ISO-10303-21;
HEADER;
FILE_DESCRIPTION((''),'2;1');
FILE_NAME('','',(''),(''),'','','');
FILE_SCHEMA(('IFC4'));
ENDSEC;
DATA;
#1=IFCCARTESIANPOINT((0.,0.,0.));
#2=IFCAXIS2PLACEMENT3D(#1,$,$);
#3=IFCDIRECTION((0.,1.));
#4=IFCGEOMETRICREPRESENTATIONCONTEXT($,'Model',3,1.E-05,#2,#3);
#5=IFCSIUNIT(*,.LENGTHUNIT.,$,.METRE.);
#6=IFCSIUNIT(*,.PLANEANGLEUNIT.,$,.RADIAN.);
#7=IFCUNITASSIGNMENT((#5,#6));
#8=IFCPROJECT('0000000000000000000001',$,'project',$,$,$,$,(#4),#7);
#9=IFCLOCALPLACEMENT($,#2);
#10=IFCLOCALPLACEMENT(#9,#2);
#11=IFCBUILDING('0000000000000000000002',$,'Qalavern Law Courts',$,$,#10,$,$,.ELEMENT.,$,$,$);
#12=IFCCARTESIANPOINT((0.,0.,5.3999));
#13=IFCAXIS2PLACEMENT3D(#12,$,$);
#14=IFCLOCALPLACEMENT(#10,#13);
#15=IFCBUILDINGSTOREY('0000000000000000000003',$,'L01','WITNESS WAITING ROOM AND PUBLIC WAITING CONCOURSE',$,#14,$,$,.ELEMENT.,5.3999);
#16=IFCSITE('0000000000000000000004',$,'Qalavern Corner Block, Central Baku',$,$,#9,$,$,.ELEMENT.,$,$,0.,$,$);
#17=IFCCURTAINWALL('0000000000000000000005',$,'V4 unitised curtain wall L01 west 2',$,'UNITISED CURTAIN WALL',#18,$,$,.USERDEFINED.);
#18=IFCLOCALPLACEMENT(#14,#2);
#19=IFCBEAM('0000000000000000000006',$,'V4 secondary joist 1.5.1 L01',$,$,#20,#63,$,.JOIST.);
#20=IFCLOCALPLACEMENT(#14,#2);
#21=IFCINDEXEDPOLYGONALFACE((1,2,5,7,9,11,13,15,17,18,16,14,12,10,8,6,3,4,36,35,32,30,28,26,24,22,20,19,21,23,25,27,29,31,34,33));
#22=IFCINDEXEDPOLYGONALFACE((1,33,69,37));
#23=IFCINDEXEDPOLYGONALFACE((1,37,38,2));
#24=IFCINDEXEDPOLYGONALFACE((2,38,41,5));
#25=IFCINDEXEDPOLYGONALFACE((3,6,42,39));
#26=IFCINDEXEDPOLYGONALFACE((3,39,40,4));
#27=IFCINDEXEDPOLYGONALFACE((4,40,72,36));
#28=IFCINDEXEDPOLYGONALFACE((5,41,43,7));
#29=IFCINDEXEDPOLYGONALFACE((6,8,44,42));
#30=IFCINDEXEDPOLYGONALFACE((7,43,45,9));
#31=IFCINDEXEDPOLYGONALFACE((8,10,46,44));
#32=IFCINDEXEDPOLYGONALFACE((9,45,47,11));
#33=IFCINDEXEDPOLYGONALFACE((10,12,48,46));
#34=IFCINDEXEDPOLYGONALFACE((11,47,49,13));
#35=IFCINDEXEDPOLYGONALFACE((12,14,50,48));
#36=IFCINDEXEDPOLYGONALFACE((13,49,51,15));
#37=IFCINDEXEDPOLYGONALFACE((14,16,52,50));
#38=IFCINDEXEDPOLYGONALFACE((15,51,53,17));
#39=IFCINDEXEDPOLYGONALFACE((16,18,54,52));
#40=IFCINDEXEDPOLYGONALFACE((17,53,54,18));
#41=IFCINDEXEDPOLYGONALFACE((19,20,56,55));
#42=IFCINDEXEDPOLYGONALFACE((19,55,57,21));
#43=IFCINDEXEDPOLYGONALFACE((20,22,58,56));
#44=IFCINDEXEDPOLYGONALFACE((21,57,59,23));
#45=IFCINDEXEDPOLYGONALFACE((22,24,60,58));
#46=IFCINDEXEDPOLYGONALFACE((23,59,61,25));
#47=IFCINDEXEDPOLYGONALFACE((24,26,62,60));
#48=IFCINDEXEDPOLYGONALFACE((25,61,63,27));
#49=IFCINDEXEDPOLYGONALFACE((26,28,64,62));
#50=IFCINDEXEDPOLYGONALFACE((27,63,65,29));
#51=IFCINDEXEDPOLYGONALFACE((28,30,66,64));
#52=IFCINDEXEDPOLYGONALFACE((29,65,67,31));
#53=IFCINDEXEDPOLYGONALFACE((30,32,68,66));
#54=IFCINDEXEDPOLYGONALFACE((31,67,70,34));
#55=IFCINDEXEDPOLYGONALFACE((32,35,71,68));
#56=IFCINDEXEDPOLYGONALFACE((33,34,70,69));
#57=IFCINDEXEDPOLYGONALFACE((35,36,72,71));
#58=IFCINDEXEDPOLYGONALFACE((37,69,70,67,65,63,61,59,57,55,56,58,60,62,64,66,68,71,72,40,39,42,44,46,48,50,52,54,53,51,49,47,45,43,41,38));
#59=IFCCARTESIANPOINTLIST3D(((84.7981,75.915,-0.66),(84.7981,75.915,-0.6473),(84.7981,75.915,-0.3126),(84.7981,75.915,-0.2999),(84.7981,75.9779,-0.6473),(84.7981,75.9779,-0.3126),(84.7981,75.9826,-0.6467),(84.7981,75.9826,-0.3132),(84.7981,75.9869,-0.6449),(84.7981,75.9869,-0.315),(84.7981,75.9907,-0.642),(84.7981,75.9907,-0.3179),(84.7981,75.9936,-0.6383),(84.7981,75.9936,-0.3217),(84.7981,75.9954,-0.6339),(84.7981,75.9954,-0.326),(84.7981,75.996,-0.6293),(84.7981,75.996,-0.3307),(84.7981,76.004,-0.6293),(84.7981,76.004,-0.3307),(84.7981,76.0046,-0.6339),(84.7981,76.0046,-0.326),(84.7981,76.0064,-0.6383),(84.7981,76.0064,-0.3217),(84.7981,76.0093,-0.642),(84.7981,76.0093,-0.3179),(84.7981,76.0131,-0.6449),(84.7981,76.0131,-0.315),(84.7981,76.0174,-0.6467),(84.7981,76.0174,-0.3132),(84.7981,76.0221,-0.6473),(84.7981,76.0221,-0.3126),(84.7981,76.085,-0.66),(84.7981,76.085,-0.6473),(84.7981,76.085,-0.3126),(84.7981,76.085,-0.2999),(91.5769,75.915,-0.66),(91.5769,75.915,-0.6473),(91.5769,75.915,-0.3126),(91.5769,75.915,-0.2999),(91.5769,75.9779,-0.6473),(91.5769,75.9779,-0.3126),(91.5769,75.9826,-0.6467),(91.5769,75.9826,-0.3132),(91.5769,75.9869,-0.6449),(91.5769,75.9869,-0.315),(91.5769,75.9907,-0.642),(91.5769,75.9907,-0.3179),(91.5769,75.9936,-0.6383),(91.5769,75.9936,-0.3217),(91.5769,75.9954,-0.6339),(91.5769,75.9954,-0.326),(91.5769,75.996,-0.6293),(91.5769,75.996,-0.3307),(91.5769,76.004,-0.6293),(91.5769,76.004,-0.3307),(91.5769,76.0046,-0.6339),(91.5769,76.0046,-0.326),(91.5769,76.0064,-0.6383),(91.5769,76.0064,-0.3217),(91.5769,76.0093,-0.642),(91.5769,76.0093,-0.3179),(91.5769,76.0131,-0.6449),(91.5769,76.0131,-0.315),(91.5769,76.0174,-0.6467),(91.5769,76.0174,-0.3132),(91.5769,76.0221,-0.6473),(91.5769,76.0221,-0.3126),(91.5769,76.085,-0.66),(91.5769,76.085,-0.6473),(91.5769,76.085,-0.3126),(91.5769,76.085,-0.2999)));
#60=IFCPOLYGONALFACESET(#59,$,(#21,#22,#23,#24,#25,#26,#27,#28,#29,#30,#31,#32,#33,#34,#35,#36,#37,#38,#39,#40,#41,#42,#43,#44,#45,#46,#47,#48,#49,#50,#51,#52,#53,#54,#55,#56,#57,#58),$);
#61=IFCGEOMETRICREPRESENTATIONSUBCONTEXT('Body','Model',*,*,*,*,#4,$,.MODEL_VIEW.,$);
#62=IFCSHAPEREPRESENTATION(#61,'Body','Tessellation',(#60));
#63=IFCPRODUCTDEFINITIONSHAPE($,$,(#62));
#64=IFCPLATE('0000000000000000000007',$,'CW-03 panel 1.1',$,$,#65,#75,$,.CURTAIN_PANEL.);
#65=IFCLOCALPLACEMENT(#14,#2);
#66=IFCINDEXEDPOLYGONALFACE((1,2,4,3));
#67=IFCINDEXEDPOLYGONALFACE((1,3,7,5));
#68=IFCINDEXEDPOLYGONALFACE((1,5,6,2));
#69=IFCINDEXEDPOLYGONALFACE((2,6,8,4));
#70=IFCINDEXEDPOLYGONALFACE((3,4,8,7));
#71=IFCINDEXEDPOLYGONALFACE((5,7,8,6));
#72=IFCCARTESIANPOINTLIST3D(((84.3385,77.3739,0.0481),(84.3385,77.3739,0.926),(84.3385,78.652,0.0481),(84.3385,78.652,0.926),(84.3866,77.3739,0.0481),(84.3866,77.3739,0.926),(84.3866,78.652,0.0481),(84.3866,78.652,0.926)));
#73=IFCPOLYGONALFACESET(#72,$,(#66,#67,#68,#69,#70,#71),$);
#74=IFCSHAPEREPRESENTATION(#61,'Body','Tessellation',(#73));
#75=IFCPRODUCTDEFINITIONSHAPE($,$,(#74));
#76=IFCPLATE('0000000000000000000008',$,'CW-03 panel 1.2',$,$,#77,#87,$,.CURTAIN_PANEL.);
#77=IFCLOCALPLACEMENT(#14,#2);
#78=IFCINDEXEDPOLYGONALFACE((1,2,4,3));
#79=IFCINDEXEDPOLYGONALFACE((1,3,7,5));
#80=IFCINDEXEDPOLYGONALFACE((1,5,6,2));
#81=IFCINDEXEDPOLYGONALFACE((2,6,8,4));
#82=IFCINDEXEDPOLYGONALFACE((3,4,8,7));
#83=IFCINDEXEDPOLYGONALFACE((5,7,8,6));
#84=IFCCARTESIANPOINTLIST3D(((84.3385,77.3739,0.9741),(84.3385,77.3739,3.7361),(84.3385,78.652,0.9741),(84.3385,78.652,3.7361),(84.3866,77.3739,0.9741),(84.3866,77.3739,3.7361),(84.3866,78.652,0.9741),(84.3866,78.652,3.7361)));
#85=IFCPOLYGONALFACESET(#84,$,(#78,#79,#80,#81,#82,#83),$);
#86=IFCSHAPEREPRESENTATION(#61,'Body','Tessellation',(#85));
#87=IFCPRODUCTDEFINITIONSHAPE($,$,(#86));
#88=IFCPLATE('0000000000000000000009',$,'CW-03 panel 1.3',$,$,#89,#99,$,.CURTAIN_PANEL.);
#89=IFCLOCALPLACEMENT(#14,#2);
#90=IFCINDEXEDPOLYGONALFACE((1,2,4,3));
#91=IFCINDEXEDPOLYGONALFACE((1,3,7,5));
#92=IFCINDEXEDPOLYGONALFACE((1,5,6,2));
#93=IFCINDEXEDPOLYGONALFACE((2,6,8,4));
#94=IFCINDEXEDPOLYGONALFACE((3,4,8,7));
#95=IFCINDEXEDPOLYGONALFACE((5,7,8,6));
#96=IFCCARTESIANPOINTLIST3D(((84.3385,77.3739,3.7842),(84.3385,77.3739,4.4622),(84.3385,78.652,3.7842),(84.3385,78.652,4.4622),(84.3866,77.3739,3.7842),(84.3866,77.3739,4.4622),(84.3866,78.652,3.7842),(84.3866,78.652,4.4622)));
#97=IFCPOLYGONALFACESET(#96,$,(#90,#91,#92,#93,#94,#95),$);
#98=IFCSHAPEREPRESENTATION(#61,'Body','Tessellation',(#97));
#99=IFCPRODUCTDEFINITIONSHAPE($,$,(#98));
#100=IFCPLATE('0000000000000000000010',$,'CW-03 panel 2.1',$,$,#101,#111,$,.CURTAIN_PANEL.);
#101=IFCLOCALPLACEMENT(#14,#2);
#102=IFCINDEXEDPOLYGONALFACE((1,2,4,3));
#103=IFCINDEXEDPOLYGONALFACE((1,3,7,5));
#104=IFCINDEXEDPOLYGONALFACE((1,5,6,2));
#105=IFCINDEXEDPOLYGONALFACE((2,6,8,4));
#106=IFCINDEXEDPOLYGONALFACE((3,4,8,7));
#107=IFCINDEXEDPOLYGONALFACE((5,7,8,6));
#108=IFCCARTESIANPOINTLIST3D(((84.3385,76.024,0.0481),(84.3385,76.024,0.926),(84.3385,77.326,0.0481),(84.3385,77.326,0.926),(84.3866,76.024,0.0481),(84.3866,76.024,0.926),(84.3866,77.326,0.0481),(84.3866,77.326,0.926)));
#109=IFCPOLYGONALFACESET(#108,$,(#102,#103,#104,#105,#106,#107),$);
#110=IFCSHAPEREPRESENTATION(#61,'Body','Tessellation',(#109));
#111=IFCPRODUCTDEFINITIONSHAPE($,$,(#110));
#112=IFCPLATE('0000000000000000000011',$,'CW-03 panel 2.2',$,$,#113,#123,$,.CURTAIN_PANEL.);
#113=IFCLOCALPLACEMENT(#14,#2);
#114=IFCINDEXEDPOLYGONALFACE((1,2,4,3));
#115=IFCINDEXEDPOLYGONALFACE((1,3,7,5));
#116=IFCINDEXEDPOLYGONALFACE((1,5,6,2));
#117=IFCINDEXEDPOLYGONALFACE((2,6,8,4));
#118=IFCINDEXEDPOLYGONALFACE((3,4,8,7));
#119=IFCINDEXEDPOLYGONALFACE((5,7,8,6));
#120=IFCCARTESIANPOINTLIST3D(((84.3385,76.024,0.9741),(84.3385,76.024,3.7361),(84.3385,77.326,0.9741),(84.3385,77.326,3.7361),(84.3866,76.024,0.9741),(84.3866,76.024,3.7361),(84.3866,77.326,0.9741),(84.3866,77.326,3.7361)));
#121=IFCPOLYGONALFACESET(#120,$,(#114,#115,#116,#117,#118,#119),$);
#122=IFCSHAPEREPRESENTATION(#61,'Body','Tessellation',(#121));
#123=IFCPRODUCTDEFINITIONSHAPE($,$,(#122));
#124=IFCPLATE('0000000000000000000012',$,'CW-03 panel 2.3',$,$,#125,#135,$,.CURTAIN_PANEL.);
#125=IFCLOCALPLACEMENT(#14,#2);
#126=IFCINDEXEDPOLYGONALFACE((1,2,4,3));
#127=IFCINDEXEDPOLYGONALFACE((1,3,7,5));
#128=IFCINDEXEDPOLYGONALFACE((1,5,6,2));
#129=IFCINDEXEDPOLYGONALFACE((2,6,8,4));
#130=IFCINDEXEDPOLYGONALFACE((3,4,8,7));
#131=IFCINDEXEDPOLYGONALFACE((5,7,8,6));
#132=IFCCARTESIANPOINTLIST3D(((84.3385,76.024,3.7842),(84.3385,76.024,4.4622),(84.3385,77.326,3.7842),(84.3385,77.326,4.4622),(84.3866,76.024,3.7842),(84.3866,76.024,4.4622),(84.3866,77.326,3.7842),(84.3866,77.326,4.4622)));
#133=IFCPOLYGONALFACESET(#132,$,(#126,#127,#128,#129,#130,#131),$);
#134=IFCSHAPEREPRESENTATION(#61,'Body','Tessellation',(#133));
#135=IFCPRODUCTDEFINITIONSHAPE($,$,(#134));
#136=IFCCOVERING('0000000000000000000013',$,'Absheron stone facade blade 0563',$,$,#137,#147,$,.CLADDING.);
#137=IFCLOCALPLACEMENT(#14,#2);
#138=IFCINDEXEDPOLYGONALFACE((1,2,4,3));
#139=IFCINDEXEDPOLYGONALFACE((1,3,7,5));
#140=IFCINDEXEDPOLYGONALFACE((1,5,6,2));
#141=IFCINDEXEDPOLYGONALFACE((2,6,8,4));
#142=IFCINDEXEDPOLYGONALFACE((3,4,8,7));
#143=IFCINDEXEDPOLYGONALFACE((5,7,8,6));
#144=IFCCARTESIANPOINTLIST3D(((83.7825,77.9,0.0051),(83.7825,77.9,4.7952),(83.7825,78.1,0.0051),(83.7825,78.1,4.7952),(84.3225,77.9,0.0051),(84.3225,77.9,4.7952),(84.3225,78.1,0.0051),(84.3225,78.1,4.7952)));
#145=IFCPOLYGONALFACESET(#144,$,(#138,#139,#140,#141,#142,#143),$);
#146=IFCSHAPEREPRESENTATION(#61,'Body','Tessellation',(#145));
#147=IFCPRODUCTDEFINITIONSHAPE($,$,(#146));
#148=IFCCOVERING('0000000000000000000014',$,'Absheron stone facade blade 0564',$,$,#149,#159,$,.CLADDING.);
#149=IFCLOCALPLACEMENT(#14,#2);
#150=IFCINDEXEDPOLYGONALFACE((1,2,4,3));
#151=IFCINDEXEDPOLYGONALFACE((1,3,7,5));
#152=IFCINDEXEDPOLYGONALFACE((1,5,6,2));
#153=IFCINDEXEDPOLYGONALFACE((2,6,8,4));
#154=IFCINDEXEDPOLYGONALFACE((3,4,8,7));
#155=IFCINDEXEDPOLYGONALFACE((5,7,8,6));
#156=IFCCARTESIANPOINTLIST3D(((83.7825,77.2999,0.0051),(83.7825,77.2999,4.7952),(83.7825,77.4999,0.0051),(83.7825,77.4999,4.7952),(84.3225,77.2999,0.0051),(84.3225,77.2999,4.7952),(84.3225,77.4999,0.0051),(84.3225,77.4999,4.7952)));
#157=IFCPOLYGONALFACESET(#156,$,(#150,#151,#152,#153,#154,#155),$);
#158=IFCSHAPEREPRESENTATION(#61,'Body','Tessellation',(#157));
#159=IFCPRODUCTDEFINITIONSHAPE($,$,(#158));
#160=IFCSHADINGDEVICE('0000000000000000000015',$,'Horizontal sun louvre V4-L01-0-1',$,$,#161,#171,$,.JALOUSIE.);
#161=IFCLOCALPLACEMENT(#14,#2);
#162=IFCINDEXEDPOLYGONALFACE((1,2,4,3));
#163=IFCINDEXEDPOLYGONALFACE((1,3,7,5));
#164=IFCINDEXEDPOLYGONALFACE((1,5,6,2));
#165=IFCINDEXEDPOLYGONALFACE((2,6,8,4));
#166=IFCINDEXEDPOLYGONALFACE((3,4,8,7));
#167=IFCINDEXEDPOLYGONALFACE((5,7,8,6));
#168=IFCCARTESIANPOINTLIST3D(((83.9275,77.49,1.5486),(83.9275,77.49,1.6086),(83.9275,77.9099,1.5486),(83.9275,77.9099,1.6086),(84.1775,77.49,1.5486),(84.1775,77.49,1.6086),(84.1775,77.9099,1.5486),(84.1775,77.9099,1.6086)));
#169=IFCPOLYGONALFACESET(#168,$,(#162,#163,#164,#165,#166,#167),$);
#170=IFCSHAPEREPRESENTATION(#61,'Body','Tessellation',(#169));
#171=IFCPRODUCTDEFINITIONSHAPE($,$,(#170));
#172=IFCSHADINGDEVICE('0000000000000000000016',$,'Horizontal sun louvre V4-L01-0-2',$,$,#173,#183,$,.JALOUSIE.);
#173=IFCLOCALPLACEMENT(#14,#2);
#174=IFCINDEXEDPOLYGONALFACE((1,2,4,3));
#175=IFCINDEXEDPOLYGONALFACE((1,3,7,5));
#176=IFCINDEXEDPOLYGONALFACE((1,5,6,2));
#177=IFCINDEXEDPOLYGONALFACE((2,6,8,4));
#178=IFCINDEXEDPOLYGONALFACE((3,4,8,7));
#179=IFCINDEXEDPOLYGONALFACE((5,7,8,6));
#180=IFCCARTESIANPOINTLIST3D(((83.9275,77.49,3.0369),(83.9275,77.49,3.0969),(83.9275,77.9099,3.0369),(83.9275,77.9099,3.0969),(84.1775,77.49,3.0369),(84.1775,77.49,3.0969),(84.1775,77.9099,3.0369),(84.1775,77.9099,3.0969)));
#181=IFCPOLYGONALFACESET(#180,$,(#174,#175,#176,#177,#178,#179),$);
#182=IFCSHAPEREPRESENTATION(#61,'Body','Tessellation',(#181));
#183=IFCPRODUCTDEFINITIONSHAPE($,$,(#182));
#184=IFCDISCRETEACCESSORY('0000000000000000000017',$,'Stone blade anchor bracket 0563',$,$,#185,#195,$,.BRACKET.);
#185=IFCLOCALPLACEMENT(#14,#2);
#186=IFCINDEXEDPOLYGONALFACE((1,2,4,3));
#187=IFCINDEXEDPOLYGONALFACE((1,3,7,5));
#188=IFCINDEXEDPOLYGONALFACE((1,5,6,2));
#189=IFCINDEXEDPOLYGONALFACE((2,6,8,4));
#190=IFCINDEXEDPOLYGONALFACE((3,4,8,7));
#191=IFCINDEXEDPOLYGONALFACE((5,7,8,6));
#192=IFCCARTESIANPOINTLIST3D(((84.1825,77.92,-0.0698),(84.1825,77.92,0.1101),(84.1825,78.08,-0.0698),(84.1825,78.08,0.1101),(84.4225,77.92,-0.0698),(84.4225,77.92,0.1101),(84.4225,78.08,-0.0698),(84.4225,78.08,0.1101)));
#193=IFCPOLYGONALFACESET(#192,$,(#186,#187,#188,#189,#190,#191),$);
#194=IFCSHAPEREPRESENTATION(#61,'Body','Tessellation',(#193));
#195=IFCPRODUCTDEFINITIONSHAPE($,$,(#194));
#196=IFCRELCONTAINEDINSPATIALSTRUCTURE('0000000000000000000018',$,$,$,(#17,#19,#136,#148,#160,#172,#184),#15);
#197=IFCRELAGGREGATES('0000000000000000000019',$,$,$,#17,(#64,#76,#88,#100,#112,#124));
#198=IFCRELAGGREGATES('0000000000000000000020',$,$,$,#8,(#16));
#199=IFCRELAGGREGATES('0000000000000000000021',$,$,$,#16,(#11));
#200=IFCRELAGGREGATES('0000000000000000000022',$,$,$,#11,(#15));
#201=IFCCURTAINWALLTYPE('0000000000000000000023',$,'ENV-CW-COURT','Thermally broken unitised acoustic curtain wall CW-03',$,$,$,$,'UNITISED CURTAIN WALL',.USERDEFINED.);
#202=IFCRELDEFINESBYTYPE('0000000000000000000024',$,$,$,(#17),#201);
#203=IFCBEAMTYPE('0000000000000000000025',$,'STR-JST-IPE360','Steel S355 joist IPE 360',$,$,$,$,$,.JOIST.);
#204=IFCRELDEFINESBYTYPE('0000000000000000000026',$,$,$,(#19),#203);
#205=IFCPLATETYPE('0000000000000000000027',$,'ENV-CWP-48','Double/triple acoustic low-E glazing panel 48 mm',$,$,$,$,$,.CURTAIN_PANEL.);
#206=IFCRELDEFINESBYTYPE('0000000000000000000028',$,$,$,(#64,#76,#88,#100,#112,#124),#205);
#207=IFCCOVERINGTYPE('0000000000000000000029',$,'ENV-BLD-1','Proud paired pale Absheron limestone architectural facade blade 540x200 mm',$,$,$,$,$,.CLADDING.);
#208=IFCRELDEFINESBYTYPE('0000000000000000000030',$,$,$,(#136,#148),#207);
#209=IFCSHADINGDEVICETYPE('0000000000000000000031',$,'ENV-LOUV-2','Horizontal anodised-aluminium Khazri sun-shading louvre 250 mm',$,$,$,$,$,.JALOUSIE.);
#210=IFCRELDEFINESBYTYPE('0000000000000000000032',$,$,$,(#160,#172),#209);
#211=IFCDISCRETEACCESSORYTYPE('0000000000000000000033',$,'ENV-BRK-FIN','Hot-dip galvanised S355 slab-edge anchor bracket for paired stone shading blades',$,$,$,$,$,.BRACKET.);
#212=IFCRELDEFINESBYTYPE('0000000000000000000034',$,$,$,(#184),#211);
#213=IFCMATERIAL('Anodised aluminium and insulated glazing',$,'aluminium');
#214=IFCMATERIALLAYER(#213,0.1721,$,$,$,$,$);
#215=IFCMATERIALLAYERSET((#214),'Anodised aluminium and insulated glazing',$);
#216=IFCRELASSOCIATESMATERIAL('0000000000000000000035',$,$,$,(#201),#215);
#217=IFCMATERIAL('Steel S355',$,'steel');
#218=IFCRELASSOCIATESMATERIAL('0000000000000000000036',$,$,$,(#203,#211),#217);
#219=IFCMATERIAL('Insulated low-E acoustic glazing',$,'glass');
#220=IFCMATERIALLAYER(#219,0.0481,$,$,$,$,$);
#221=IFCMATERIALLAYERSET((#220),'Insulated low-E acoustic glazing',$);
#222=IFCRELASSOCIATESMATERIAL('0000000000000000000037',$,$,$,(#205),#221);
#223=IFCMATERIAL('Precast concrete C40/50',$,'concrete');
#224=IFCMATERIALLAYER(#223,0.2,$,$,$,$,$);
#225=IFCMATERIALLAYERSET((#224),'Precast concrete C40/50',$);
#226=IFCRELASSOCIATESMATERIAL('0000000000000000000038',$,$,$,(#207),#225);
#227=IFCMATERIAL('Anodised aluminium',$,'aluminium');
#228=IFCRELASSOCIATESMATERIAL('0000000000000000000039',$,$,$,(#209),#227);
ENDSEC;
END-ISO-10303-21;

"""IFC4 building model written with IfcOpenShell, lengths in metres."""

from ifc_helpers import new_model, si_unit, direction, frame, origin, origin_2d, place, context, subcontext, project, spatial, rectangle, i_section, extrude, material, layer, layer_set, material_profile, profile_set, type_object, element, aggregate, save


model = new_model("IFC4")

# Units and contexts
model_context = context("Model", 3, precision=1e-05, world=origin(), true_north=direction((0.0, 1.0)))
body_context = subcontext(model_context, "Body", "Model", "MODEL_VIEW")
ifc_project = project(units=[si_unit("LENGTHUNIT", "METRE"), si_unit("PLANEANGLEUNIT", "RADIAN")], contexts=[model_context])

# Site, building, storey
site_placement = place(None, origin())
site = spatial("IfcSite", under=ifc_project, at=site_placement, Name="Qalavern Corner Block, Central Baku", CompositionType="ELEMENT", RefElevation=0.0)
building_placement = place(site_placement, origin())
building = spatial("IfcBuilding", under=site, at=building_placement, Name="Qalavern Law Courts", CompositionType="ELEMENT")
storey_placement = place(building_placement, frame((0.0, 0.0, 5.3999)))
storey = spatial("IfcBuildingStorey", under=building, at=storey_placement, Name="L01", Description="WITNESS WAITING ROOM AND PUBLIC WAITING CONCOURSE", CompositionType="ELEMENT", Elevation=5.3999)

# Curtain wall
ifc_material_1 = material(Name="Anodised aluminium and insulated glazing", Category="aluminium")
ifc_layer_1 = layer(ifc_material_1, 0.1721)
ifc_layer_set_1 = layer_set([ifc_layer_1], Name="Anodised aluminium and insulated glazing")
curtain_wall_type = type_object("IfcCurtainWallType", Name="ENV-CW-COURT", Description="Thermally broken unitised acoustic curtain wall CW-03", ElementType="UNITISED CURTAIN WALL", PredefinedType="USERDEFINED", material=ifc_layer_set_1)
curtain_wall_placement = place(storey_placement, origin())
curtain_wall = element("IfcCurtainWall", 1, at=curtain_wall_placement, inside=storey, type_object=curtain_wall_type, Name="V4 unitised curtain wall L01 west 2", ObjectType="UNITISED CURTAIN WALL", PredefinedType="USERDEFINED")
ifc_material_2 = material(Name="Anodised aluminium", Category="aluminium")

# Beam
ifc_material_3 = material(Name="Steel S355", Category="steel")
ifc_material_profile_1 = material_profile(ifc_material_3, i_section(OverallWidth=0.1699, OverallDepth=0.3601, WebThickness=0.0081, FlangeThickness=0.0127, FilletRadius=0.0181, at=origin_2d()), Name="IPE 360")
ifc_profile_set_1 = profile_set([ifc_material_profile_1], Name="Steel S355")
beam_type = type_object("IfcBeamType", Name="STR-JST-IPE360", Description="Steel S355 joist IPE 360", PredefinedType="JOIST", material=ifc_profile_set_1)
beam_placement = place(storey_placement, frame((84.7981, 76.0, -0.48), z_axis=(1.0, 0.0, 0.0), x_axis=(0.0, 1.0, 0.0)))
element("IfcBeam", 2, at=beam_placement, inside=storey, type_object=beam_type, Name="V4 secondary joist 1.5.1 L01", PredefinedType="JOIST", context=body_context, shape_type="SweptSolid", body=[
    extrude(i_section(OverallWidth=0.1699, OverallDepth=0.3601, WebThickness=0.0081, FlangeThickness=0.0127, FilletRadius=0.0181, at=origin_2d()), origin(), (0.0, 0.0, 1.0), 6.7788),
])

# Plates
ifc_material_4 = material(Name="Insulated low-E acoustic glazing", Category="glass")
ifc_layer_2 = layer(ifc_material_4, 0.0481)
ifc_layer_set_2 = layer_set([ifc_layer_2], Name="Insulated low-E acoustic glazing")
plate_type = type_object("IfcPlateType", Name="ENV-CWP-48", Description="Double/triple acoustic low-E glazing panel 48 mm", PredefinedType="CURTAIN_PANEL", material=ifc_layer_set_2)
plate_1_placement = place(storey_placement, frame((84.3625, 78.0129, 0.0481), z_axis=(0.0, 0.0, 1.0), x_axis=(0.0, -1.0, 0.0)))
plate_1 = element("IfcPlate", 3, at=plate_1_placement, type_object=plate_type, Name="CW-03 panel 1.1", PredefinedType="CURTAIN_PANEL", context=body_context, shape_type="SweptSolid", body=[
    extrude(rectangle(XDim=1.2781, YDim=0.0481, at=origin_2d()), origin(), (0.0, 0.0, 1.0), 0.8779),
])
plate_2_placement = place(storey_placement, frame((84.3625, 78.0129, 0.9741), z_axis=(0.0, 0.0, 1.0), x_axis=(0.0, -1.0, 0.0)))
plate_2 = element("IfcPlate", 4, at=plate_2_placement, type_object=plate_type, Name="CW-03 panel 1.2", PredefinedType="CURTAIN_PANEL", context=body_context, shape_type="SweptSolid", body=[
    extrude(rectangle(XDim=1.2781, YDim=0.0481, at=origin_2d()), origin(), (0.0, 0.0, 1.0), 2.762),
])
plate_3_placement = place(storey_placement, frame((84.3625, 78.0129, 3.7842), z_axis=(0.0, 0.0, 1.0), x_axis=(0.0, -1.0, 0.0)))
plate_3 = element("IfcPlate", 5, at=plate_3_placement, type_object=plate_type, Name="CW-03 panel 1.3", PredefinedType="CURTAIN_PANEL", context=body_context, shape_type="SweptSolid", body=[
    extrude(rectangle(XDim=1.2781, YDim=0.0481, at=origin_2d()), origin(), (0.0, 0.0, 1.0), 0.678),
])
plate_4_placement = place(storey_placement, frame((84.3625, 76.675, 0.0481), z_axis=(0.0, 0.0, 1.0), x_axis=(0.0, -1.0, 0.0)))
plate_4 = element("IfcPlate", 6, at=plate_4_placement, type_object=plate_type, Name="CW-03 panel 2.1", PredefinedType="CURTAIN_PANEL", context=body_context, shape_type="SweptSolid", body=[
    extrude(rectangle(XDim=1.302, YDim=0.0481, at=origin_2d()), origin(), (0.0, 0.0, 1.0), 0.8779),
])
plate_5_placement = place(storey_placement, frame((84.3625, 76.675, 0.9741), z_axis=(0.0, 0.0, 1.0), x_axis=(0.0, -1.0, 0.0)))
plate_5 = element("IfcPlate", 7, at=plate_5_placement, type_object=plate_type, Name="CW-03 panel 2.2", PredefinedType="CURTAIN_PANEL", context=body_context, shape_type="SweptSolid", body=[
    extrude(rectangle(XDim=1.302, YDim=0.0481, at=origin_2d()), origin(), (0.0, 0.0, 1.0), 2.762),
])
plate_6_placement = place(storey_placement, frame((84.3625, 76.675, 3.7842), z_axis=(0.0, 0.0, 1.0), x_axis=(0.0, -1.0, 0.0)))
plate_6 = element("IfcPlate", 8, at=plate_6_placement, type_object=plate_type, Name="CW-03 panel 2.3", PredefinedType="CURTAIN_PANEL", context=body_context, shape_type="SweptSolid", body=[
    extrude(rectangle(XDim=1.302, YDim=0.0481, at=origin_2d()), origin(), (0.0, 0.0, 1.0), 0.678),
])
aggregate(curtain_wall, [plate_1, plate_2, plate_3, plate_4, plate_5, plate_6])

# Coverings
ifc_material_5 = material(Name="Precast concrete C40/50", Category="concrete")
ifc_layer_3 = layer(ifc_material_5, 0.2)
ifc_layer_set_3 = layer_set([ifc_layer_3], Name="Precast concrete C40/50")
covering_type = type_object("IfcCoveringType", Name="ENV-BLD-1", Description="Proud paired pale Absheron limestone architectural facade blade 540x200 mm", PredefinedType="CLADDING", material=ifc_layer_set_3)
for number, where, z_axis, x_axis, name in (
    (9, (84.0525, 78.0, 0.0051), (0.0, 0.0, 1.0), (-1.0, 0.0, 0.0), "Absheron stone facade blade 0563"),
    (10, (84.0525, 77.3999, 0.0051), (0.0, 0.0, 1.0), (-1.0, 0.0, 0.0), "Absheron stone facade blade 0564"),
):
    element("IfcCovering", number, at=place(storey_placement, frame(where, z_axis=z_axis, x_axis=x_axis)), inside=storey, type_object=covering_type, Name=name, PredefinedType="CLADDING", context=body_context, shape_type="SweptSolid", body=[
        extrude(rectangle(XDim=0.54, YDim=0.2, at=origin_2d()), origin(), (0.0, 0.0, 1.0), 4.79),
    ])

# Shading devices
shading_device_type = type_object("IfcShadingDeviceType", Name="ENV-LOUV-2", Description="Horizontal anodised-aluminium Khazri sun-shading louvre 250 mm", PredefinedType="JALOUSIE", material=ifc_material_2)
for number, where, z_axis, x_axis, name in (
    (11, (84.0525, 77.7, 1.5486), (0.0, 0.0, 1.0), (0.0, -1.0, 0.0), "Horizontal sun louvre V4-L01-0-1"),
    (12, (84.0525, 77.7, 3.0369), (0.0, 0.0, 1.0), (0.0, -1.0, 0.0), "Horizontal sun louvre V4-L01-0-2"),
):
    element("IfcShadingDevice", number, at=place(storey_placement, frame(where, z_axis=z_axis, x_axis=x_axis)), inside=storey, type_object=shading_device_type, Name=name, PredefinedType="JALOUSIE", context=body_context, shape_type="SweptSolid", body=[
        extrude(rectangle(XDim=0.4199, YDim=0.25, at=origin_2d()), origin(), (0.0, 0.0, 1.0), 0.0601),
    ])

# Discrete accessory
discrete_accessory_type = type_object("IfcDiscreteAccessoryType", Name="ENV-BRK-FIN", Description="Hot-dip galvanised S355 slab-edge anchor bracket for paired stone shading blades", PredefinedType="BRACKET", material=ifc_material_3)
for number, where, z_axis, x_axis, name in (
    (13, (84.3025, 78.0, -0.0698), (0.0, 0.0, 1.0), (-1.0, 0.0, 0.0), "Stone blade anchor bracket 0563"),
):
    element("IfcDiscreteAccessory", number, at=place(storey_placement, frame(where, z_axis=z_axis, x_axis=x_axis)), inside=storey, type_object=discrete_accessory_type, Name=name, PredefinedType="BRACKET", context=body_context, shape_type="SweptSolid", body=[
        extrude(rectangle(XDim=0.24, YDim=0.1599, at=origin_2d()), origin(), (0.0, 0.0, 1.0), 0.1799),
    ])

save(model, "model.ifc")
